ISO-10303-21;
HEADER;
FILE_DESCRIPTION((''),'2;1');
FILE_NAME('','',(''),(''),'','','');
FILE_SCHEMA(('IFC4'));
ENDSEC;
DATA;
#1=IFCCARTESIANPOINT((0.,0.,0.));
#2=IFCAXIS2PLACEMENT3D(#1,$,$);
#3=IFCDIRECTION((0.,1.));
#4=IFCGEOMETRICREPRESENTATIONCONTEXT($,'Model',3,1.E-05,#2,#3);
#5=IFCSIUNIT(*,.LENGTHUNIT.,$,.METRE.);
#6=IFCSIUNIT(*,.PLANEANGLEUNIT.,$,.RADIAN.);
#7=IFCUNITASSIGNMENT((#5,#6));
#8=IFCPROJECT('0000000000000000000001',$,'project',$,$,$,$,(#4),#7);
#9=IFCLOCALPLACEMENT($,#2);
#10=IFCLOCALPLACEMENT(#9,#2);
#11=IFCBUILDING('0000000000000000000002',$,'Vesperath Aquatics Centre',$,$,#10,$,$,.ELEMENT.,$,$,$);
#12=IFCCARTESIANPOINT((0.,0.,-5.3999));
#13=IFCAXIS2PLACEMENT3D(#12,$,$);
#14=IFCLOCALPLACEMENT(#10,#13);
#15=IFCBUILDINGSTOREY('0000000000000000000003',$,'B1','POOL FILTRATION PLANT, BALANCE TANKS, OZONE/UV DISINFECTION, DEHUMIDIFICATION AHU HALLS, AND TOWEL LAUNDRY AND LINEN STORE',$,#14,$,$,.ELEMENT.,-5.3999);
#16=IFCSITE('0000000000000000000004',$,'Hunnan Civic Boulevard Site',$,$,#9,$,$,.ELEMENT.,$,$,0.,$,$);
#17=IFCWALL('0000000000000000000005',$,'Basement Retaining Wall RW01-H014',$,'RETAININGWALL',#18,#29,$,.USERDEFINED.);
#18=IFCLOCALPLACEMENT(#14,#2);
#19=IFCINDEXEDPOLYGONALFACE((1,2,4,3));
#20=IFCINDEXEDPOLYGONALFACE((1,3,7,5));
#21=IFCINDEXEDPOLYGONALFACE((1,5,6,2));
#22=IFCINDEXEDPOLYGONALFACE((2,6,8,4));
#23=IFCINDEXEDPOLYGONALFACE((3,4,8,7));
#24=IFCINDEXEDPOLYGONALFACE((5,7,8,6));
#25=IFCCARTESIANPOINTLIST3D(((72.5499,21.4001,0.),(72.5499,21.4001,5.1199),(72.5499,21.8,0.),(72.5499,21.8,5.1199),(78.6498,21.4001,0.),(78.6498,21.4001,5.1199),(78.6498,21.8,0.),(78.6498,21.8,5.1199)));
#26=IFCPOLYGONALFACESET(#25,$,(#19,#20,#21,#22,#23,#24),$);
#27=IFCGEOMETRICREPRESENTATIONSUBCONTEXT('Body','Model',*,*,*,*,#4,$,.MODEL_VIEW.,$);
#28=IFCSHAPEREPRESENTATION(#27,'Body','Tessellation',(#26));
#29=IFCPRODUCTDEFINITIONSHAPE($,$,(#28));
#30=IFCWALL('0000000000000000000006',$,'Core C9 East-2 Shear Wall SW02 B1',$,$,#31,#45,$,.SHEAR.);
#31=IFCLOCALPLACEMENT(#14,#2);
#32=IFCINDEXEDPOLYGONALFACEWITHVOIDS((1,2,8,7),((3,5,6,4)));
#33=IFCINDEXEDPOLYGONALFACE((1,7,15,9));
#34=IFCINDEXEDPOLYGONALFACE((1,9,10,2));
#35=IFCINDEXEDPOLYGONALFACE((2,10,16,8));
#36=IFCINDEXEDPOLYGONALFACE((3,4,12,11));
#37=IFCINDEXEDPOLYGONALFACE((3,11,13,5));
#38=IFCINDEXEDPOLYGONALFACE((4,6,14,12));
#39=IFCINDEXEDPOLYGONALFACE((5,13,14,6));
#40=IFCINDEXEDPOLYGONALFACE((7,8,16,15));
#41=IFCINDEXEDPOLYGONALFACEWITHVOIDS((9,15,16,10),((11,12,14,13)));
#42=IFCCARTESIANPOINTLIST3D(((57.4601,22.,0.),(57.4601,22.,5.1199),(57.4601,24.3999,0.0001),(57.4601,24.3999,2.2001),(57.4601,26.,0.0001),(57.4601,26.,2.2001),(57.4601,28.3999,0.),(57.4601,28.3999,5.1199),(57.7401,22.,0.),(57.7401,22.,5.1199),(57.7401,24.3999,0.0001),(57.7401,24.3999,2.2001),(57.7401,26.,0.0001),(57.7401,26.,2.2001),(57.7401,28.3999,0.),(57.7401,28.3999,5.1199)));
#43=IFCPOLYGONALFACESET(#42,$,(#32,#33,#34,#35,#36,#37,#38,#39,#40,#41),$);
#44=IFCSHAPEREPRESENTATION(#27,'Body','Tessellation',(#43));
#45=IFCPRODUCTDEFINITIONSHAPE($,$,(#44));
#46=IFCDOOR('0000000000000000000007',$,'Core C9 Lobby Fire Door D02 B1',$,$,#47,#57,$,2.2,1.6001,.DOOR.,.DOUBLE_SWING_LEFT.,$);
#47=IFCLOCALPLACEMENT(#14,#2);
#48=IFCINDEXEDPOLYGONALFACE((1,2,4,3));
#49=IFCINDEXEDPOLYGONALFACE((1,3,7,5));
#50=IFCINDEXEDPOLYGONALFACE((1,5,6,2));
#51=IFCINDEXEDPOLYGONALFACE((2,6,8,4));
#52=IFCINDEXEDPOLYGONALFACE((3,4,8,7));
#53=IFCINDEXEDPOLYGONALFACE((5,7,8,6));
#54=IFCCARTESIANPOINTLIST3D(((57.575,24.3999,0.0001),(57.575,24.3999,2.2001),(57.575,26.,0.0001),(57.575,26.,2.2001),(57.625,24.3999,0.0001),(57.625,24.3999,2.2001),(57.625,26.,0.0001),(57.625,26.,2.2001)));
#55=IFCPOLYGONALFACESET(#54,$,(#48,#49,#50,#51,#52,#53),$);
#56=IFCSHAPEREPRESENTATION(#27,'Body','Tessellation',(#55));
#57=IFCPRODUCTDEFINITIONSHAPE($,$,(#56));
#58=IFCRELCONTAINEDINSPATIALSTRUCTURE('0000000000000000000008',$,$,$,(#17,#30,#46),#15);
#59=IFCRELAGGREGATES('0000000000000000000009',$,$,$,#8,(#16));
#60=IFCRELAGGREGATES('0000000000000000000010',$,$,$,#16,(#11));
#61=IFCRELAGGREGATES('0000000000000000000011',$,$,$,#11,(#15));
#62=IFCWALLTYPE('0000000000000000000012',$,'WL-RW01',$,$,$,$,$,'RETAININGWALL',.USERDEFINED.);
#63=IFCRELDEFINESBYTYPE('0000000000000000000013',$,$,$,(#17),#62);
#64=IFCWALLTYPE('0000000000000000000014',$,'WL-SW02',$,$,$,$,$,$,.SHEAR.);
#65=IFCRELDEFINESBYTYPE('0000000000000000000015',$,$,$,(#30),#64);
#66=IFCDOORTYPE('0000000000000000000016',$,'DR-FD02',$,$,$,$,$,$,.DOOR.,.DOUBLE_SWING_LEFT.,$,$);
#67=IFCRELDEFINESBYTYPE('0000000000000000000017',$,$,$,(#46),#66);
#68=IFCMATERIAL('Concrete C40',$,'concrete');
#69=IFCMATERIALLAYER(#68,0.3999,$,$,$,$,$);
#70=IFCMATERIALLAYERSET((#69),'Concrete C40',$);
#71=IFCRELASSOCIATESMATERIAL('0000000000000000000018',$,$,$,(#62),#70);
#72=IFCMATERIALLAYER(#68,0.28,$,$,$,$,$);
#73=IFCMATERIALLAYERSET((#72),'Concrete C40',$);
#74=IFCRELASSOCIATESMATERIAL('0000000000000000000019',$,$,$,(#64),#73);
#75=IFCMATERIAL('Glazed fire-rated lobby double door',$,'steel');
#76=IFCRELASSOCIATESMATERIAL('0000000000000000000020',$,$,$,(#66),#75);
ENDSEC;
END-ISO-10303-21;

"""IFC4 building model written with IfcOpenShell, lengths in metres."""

from ifc_helpers import new_model, si_unit, direction, frame, frame_2d, origin, place, context, subcontext, project, spatial, rectangle, extrude, material, layer, layer_set, type_object, element, fill, save


model = new_model("IFC4")

# Units and contexts
model_context = context("Model", 3, precision=1e-05, world=origin(), true_north=direction((0.0, 1.0)))
body_context = subcontext(model_context, "Body", "Model", "MODEL_VIEW")
ifc_project = project(units=[si_unit("LENGTHUNIT", "METRE"), si_unit("PLANEANGLEUNIT", "RADIAN")], contexts=[model_context])

# Site, building, storey
site_placement = place(None, origin())
site = spatial("IfcSite", under=ifc_project, at=site_placement, Name="Hunnan Civic Boulevard Site", CompositionType="ELEMENT", RefElevation=0.0)
building_placement = place(site_placement, origin())
building = spatial("IfcBuilding", under=site, at=building_placement, Name="Vesperath Aquatics Centre", CompositionType="ELEMENT")
storey_placement = place(building_placement, frame((0.0, 0.0, -5.3999)))
storey = spatial("IfcBuildingStorey", under=building, at=storey_placement, Name="B1", Description="POOL FILTRATION PLANT, BALANCE TANKS, OZONE/UV DISINFECTION, DEHUMIDIFICATION AHU HALLS, AND TOWEL LAUNDRY AND LINEN STORE", CompositionType="ELEMENT", Elevation=-5.3999)

# Shared definitions
ifc_material_1 = material(Name="Concrete C40", Category="concrete")

# Wall
ifc_layer_1 = layer(ifc_material_1, 0.3999)
ifc_layer_set_1 = layer_set([ifc_layer_1], Name="Concrete C40")
wall_type_1 = type_object("IfcWallType", Name="WL-RW01", ElementType="RETAININGWALL", PredefinedType="USERDEFINED", material=ifc_layer_set_1)
for number, where, z_axis, x_axis, name in (
    (1, (72.55, 21.6001, 0.0), (0.0, 0.0, 1.0), (1.0, 0.0, 0.0), "Basement Retaining Wall RW01-H014"),
):
    element("IfcWall", number, at=place(storey_placement, frame(where, z_axis=z_axis, x_axis=x_axis)), inside=storey, type_object=wall_type_1, Name=name, ObjectType="RETAININGWALL", PredefinedType="USERDEFINED", context=body_context, shape_type="SweptSolid", body=[
        extrude(rectangle(XDim=6.0999, YDim=0.3999, at=frame_2d((3.0498, 0.0))), origin(), (0.0, 0.0, 1.0), 5.1199),
    ])

# Wall, opening, door
ifc_layer_2 = layer(ifc_material_1, 0.28)
ifc_layer_set_2 = layer_set([ifc_layer_2], Name="Concrete C40")
wall_type_2 = type_object("IfcWallType", Name="WL-SW02", PredefinedType="SHEAR", material=ifc_layer_set_2)
wall_1_placement = place(storey_placement, frame((57.6001, 22.0, 0.0), z_axis=(0.0, 0.0, 1.0), x_axis=(0.0, 1.0, 0.0)))
wall_1 = element("IfcWall", 2, at=wall_1_placement, inside=storey, type_object=wall_type_2, Name="Core C9 East-2 Shear Wall SW02 B1", PredefinedType="SHEAR", context=body_context, shape_type="SweptSolid", body=[
    extrude(rectangle(XDim=6.3999, YDim=0.28, at=frame_2d((3.2, 0.0))), origin(), (0.0, 0.0, 1.0), 5.1199),
])
opening_placement = place(wall_1_placement, frame((2.3999, 0.0, 0.0)))
opening = element("IfcOpeningElement", 3, at=opening_placement, cuts=wall_1, PredefinedType="OPENING", context=body_context, shape_type="SweptSolid", body=[
    extrude(rectangle(XDim=1.6001, YDim=2.2, at=frame_2d((0.8, 1.1001))), frame((0.0, 0.1548, 0.0), z_axis=(0.0, -1.0, 0.0), x_axis=(1.0, 0.0, 0.0)), (0.0, 0.0, 1.0), 0.3098),
])
ifc_material_2 = material(Name="Glazed fire-rated lobby double door", Category="steel")
door_type = type_object("IfcDoorType", Name="DR-FD02", OperationType="DOUBLE_SWING_LEFT", PredefinedType="DOOR", material=ifc_material_2)
door_placement = place(opening_placement, frame((1.6001, 0.0, 0.0), z_axis=(0.0, 0.0, 1.0), x_axis=(-1.0, 0.0, 0.0)))
door = element("IfcDoor", 4, at=door_placement, inside=storey, type_object=door_type, Name="Core C9 Lobby Fire Door D02 B1", OperationType="DOUBLE_SWING_LEFT", OverallHeight=2.2, OverallWidth=1.6001, PredefinedType="DOOR", context=body_context, shape_type="SweptSolid", body=[
    extrude(rectangle(XDim=1.6001, YDim=2.2, at=frame_2d((0.8, 1.1001))), frame((0.0, 0.0249, 0.0), z_axis=(0.0, -1.0, 0.0), x_axis=(1.0, 0.0, 0.0)), (0.0, 0.0, 1.0), 0.05),
])
fill(opening, door)

save(model, "model.ifc")
